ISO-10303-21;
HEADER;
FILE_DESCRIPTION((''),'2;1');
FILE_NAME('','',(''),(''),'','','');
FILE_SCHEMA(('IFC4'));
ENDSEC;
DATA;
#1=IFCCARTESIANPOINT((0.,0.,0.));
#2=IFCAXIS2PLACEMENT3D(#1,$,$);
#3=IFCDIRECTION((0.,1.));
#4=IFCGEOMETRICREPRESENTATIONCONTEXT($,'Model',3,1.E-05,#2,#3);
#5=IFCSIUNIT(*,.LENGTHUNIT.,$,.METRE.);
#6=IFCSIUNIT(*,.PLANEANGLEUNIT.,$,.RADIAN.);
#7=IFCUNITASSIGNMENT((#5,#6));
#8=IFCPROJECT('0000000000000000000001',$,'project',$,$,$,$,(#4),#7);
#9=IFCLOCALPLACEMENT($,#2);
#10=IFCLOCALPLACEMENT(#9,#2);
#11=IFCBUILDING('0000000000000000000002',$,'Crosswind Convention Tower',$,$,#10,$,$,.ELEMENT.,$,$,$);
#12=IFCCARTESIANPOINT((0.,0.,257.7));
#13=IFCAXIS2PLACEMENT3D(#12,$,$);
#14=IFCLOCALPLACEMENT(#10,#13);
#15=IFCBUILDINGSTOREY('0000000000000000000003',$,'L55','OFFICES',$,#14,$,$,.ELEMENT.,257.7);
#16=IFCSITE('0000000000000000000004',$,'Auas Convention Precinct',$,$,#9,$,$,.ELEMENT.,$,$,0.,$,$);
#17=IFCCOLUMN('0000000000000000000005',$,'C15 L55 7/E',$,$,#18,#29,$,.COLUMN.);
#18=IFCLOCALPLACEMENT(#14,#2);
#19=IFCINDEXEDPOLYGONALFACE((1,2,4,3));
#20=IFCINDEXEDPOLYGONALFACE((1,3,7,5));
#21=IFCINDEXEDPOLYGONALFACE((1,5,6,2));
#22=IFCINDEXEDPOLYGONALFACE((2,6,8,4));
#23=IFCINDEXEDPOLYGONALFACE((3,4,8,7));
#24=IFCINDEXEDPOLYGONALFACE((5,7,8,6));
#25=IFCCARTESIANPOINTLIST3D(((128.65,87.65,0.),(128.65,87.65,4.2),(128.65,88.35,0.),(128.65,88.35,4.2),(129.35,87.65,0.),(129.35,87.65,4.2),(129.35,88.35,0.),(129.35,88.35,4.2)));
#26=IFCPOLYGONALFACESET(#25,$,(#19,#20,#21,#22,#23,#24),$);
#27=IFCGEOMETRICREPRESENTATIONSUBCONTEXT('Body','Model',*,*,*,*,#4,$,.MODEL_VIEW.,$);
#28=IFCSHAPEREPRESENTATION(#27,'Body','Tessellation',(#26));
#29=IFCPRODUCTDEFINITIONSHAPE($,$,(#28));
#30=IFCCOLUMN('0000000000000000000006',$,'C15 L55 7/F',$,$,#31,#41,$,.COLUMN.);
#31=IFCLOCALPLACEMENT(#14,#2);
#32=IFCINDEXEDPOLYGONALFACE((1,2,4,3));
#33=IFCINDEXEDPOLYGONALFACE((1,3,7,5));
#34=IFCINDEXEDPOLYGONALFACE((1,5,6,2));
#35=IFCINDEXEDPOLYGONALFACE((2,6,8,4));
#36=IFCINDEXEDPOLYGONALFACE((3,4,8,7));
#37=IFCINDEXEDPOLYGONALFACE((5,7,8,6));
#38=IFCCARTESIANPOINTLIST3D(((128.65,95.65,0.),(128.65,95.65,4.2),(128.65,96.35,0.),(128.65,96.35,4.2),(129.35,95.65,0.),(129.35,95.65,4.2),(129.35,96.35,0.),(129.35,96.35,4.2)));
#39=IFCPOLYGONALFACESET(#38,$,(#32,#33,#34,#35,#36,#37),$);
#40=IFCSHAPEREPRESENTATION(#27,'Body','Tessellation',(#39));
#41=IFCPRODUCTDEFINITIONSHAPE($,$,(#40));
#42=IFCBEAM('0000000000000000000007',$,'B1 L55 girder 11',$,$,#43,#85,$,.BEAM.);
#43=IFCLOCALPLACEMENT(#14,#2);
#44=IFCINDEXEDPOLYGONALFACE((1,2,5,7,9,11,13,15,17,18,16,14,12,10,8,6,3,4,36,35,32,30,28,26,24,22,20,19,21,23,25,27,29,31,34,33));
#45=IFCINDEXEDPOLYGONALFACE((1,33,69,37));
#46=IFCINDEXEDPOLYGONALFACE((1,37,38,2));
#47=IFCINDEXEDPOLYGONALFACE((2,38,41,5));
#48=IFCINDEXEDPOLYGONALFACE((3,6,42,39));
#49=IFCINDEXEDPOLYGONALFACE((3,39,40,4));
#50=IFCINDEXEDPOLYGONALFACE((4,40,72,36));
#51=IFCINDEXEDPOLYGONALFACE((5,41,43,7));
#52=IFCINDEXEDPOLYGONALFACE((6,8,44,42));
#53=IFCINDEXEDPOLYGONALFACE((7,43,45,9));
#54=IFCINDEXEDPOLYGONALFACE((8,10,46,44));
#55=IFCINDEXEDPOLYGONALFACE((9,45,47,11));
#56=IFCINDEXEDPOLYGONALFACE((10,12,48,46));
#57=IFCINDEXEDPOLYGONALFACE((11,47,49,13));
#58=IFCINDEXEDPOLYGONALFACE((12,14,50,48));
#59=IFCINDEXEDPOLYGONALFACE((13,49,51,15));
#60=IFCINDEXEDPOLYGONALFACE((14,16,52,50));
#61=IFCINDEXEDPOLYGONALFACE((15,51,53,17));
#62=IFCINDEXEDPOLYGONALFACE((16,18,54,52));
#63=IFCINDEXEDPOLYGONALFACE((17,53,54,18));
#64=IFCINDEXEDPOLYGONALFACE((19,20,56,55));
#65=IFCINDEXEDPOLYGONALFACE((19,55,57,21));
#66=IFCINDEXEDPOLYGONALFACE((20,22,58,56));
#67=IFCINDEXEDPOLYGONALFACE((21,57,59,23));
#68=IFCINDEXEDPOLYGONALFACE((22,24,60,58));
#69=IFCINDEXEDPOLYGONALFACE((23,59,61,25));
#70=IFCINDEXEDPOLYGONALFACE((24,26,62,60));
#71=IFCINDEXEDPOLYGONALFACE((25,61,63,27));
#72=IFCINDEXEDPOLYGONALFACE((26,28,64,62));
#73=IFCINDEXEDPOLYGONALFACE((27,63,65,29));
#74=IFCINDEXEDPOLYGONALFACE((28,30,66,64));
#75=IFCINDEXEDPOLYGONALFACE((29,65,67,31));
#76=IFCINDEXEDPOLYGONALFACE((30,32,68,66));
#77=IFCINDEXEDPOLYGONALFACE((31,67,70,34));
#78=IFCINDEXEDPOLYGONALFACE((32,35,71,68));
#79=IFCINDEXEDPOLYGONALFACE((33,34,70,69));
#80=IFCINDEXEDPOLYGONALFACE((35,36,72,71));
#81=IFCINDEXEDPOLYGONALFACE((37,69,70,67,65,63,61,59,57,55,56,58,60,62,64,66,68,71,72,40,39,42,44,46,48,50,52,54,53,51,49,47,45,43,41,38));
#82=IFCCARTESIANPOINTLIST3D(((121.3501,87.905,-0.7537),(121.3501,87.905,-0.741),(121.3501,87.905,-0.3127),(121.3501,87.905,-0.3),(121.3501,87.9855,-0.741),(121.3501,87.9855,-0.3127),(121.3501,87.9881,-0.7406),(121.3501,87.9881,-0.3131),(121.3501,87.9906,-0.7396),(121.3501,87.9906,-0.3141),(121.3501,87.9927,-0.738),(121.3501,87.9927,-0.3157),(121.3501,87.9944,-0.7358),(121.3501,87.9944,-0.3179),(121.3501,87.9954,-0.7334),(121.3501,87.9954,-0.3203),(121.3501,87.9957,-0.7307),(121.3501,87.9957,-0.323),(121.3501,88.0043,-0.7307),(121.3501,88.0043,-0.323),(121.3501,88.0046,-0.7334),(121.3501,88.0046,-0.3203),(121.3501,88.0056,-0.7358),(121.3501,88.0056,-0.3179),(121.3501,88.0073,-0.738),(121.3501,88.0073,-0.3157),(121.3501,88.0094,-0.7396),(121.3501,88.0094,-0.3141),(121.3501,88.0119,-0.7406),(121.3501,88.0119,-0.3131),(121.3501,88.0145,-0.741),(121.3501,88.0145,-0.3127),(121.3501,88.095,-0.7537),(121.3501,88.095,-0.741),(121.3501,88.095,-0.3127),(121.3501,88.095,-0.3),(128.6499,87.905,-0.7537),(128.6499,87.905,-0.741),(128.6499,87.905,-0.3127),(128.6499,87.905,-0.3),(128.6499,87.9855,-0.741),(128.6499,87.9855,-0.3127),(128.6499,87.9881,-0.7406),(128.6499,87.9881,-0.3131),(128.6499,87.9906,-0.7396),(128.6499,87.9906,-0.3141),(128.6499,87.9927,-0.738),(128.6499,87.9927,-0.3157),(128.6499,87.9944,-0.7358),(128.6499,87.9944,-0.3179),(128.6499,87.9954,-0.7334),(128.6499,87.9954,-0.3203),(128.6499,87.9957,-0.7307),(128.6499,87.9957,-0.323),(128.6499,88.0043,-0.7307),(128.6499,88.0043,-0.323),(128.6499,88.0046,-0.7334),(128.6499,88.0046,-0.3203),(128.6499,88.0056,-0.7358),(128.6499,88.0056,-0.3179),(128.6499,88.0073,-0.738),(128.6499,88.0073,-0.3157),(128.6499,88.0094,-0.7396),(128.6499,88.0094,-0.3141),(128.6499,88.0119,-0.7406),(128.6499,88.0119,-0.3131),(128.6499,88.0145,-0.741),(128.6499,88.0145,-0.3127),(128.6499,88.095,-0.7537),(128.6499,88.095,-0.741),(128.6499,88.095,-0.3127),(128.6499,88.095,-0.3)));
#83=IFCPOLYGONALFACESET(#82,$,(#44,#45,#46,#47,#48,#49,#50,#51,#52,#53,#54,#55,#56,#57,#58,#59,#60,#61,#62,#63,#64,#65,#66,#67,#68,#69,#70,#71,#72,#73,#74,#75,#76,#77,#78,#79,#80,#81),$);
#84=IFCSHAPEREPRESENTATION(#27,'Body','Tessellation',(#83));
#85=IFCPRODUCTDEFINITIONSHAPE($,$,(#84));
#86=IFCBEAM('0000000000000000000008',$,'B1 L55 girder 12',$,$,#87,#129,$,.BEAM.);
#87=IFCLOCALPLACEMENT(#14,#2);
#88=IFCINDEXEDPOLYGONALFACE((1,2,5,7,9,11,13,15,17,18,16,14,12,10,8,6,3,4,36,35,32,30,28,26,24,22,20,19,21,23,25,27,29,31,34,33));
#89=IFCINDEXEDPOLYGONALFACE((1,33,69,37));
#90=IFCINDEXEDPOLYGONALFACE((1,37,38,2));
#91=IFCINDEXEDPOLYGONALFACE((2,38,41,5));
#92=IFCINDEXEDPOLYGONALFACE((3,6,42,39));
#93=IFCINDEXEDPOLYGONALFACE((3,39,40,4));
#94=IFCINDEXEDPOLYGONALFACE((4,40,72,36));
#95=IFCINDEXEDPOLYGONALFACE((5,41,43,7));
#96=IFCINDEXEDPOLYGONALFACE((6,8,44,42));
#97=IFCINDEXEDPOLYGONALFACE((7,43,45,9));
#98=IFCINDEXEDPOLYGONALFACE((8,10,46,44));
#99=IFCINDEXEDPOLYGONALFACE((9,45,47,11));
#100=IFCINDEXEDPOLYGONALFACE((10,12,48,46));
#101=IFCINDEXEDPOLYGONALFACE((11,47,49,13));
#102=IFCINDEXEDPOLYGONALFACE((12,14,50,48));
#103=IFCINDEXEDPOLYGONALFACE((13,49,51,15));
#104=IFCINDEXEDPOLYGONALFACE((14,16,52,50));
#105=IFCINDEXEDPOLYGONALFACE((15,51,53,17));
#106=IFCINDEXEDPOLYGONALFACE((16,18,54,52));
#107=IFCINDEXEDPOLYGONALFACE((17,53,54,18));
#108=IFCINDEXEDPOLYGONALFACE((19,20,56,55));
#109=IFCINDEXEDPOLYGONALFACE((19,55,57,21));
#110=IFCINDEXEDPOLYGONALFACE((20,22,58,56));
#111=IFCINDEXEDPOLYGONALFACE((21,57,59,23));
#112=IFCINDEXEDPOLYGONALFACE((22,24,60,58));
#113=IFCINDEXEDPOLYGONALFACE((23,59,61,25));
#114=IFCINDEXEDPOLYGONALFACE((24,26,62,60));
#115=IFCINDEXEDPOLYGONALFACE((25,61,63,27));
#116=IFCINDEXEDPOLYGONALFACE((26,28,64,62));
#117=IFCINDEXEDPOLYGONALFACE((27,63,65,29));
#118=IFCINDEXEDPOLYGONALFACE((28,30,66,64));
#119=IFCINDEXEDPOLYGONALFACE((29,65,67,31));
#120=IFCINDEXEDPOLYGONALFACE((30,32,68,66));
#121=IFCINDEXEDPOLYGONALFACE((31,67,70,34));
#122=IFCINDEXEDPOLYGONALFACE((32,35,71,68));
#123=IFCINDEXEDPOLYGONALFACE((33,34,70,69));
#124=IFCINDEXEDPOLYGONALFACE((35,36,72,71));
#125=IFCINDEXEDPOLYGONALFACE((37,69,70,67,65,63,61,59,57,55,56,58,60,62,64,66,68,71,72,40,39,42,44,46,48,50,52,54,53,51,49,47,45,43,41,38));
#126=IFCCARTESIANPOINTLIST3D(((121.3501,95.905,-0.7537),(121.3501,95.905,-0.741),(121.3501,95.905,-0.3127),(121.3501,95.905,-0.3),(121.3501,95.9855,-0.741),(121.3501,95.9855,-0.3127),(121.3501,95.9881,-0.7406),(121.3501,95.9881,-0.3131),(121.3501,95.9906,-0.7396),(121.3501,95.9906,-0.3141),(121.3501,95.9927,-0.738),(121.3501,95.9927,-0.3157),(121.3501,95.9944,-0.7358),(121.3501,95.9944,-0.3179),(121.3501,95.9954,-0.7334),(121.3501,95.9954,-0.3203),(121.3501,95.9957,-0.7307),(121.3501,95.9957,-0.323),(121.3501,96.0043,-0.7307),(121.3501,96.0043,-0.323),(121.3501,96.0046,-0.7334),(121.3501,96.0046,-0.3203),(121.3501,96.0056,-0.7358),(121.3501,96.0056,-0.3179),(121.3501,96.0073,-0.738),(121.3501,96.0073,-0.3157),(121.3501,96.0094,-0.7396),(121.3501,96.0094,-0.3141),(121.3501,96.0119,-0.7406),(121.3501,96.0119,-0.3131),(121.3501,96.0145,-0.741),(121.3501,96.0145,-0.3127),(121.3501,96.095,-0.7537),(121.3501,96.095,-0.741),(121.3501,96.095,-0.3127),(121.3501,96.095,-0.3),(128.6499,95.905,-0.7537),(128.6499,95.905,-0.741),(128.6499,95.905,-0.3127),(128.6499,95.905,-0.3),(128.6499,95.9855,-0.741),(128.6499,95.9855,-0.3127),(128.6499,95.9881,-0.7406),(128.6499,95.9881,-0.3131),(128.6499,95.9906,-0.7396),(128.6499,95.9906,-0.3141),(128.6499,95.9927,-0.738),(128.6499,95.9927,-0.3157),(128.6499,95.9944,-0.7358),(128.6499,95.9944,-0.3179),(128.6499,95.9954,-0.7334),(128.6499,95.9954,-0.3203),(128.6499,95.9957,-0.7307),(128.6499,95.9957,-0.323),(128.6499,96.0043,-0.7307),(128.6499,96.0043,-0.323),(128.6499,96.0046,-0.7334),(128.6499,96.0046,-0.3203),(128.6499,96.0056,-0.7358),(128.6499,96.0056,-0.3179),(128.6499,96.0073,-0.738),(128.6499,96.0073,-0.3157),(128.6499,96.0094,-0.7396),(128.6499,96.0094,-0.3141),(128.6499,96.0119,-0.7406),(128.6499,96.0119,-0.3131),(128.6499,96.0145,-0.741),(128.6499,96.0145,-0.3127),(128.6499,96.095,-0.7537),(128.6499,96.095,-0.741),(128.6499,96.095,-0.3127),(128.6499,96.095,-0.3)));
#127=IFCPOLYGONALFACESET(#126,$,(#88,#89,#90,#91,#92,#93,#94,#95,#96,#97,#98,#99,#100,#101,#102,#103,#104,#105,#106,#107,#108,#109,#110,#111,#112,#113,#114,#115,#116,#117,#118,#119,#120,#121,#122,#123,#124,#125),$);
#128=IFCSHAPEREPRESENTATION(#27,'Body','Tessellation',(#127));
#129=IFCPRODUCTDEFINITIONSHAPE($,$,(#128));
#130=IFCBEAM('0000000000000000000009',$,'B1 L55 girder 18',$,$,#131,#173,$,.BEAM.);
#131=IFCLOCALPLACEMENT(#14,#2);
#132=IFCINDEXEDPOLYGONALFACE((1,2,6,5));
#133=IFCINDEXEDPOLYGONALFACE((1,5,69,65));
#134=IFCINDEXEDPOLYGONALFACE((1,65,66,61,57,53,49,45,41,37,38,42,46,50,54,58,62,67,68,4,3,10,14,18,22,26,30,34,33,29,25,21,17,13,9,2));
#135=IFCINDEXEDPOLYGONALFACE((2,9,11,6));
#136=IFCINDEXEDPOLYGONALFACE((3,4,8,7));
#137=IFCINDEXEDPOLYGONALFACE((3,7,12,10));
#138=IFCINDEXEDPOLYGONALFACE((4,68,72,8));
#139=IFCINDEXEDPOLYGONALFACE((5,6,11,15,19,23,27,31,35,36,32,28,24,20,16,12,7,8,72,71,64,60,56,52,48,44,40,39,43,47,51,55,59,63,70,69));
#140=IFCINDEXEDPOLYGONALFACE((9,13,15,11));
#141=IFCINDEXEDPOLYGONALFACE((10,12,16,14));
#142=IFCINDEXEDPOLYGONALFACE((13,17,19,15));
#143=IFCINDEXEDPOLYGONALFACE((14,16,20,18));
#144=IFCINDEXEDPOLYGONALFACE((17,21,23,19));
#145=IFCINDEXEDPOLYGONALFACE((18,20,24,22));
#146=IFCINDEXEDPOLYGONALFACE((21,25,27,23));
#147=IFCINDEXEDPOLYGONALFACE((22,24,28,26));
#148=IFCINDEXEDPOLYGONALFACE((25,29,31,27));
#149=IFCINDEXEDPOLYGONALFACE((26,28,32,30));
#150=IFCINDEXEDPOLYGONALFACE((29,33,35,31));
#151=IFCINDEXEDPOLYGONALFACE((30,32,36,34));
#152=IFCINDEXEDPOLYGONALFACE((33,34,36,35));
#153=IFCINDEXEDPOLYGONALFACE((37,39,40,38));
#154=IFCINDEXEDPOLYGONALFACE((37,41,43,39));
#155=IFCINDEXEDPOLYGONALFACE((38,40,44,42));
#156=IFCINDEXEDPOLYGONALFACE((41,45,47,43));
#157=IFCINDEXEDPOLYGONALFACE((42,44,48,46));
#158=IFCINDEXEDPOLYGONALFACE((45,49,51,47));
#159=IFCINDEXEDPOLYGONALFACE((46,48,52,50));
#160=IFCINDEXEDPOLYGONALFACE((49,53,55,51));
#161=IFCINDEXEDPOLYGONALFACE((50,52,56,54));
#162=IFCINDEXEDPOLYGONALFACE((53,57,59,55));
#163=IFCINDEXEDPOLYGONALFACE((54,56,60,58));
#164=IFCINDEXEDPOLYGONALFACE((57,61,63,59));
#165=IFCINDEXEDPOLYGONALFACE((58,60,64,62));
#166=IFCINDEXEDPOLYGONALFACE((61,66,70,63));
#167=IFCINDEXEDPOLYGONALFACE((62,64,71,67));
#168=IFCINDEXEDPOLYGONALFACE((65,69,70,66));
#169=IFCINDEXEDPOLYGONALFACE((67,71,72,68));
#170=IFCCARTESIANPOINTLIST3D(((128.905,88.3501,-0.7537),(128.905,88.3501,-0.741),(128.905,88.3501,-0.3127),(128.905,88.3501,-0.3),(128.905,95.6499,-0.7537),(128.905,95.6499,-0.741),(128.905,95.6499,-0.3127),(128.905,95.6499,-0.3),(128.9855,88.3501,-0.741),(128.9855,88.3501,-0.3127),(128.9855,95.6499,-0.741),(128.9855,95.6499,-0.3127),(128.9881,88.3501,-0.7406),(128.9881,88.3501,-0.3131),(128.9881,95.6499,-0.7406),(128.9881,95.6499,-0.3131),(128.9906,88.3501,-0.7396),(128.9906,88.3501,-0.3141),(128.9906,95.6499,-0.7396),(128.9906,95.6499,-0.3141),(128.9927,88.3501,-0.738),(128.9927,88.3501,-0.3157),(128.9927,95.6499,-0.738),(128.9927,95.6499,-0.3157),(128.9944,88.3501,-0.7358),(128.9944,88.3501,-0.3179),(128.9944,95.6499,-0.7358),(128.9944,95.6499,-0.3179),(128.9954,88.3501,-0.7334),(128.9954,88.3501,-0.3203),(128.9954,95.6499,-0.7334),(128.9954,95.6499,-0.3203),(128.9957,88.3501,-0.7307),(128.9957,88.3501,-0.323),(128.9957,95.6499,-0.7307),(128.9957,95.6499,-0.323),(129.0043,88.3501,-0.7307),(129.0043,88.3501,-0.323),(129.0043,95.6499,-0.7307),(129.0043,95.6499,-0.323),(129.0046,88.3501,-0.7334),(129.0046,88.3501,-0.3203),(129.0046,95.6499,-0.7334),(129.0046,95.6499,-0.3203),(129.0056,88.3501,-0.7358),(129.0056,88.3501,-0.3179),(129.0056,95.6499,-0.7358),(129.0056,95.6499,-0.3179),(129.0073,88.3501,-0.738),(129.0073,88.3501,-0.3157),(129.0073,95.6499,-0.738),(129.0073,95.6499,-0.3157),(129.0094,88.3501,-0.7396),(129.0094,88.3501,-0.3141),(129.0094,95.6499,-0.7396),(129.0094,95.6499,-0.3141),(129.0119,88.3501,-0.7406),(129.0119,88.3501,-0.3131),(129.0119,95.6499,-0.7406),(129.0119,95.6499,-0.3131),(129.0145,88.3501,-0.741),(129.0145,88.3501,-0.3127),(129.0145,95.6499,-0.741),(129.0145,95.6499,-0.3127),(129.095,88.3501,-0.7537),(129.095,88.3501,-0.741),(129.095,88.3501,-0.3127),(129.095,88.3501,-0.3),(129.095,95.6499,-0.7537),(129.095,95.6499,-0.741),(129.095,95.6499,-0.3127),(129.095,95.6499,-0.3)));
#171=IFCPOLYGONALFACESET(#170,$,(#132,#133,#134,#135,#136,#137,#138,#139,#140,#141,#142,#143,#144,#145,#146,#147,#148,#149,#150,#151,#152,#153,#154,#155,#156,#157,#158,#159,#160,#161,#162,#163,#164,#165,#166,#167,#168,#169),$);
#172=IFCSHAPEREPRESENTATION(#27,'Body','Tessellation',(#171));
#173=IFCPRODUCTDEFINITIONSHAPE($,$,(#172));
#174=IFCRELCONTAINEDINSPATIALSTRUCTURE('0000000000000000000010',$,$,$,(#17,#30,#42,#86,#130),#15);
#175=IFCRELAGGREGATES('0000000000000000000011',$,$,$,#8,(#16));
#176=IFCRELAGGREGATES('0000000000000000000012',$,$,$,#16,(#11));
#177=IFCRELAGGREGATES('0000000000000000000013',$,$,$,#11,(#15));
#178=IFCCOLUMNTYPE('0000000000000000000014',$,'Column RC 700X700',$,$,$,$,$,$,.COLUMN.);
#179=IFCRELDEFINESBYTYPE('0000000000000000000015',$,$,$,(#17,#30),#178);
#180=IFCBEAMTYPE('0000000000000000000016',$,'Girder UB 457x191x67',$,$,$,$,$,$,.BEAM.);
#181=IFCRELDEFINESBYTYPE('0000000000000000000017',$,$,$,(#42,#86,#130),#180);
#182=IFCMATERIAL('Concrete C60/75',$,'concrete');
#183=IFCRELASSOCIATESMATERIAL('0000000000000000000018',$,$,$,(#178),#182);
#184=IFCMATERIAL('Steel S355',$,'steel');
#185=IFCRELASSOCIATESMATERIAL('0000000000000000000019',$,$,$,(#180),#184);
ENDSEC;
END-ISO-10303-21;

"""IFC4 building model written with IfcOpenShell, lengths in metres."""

from ifc_helpers import new_model, si_unit, direction, frame, origin, origin_2d, place, context, subcontext, project, spatial, rectangle, i_section, extrude, material, material_profile, profile_set, type_object, element, save


model = new_model("IFC4")

# Units and contexts
model_context = context("Model", 3, precision=1e-05, world=origin(), true_north=direction((0.0, 1.0)))
body_context = subcontext(model_context, "Body", "Model", "MODEL_VIEW")
ifc_project = project(units=[si_unit("LENGTHUNIT", "METRE"), si_unit("PLANEANGLEUNIT", "RADIAN")], contexts=[model_context])

# Site, building, storey
site_placement = place(None, origin())
site = spatial("IfcSite", under=ifc_project, at=site_placement, Name="Auas Convention Precinct", CompositionType="ELEMENT", RefElevation=0.0)
building_placement = place(site_placement, origin())
building = spatial("IfcBuilding", under=site, at=building_placement, Name="Crosswind Convention Tower", CompositionType="ELEMENT")
storey_placement = place(building_placement, frame((0.0, 0.0, 257.7)))
storey = spatial("IfcBuildingStorey", under=building, at=storey_placement, Name="L55", Description="OFFICES", CompositionType="ELEMENT", Elevation=257.7)

# Columns
ifc_material_1 = material(Name="Concrete C60/75", Category="concrete")
ifc_material_profile_1 = material_profile(ifc_material_1, rectangle(XDim=0.7, YDim=0.7, at=origin_2d()), Name="RC 700X700")
ifc_profile_set_1 = profile_set([ifc_material_profile_1], Name="Concrete C60/75")
column_type = type_object("IfcColumnType", Name="Column RC 700X700", PredefinedType="COLUMN", material=ifc_profile_set_1)
for number, where, z_axis, x_axis, name in (
    (1, (129.0, 88.0, 0.0), (0.0, 0.0, 1.0), (1.0, 0.0, 0.0), "C15 L55 7/E"),
    (2, (129.0, 96.0, 0.0), (0.0, 0.0, 1.0), (1.0, 0.0, 0.0), "C15 L55 7/F"),
):
    element("IfcColumn", number, at=place(storey_placement, frame(where, z_axis=z_axis, x_axis=x_axis)), inside=storey, type_object=column_type, Name=name, PredefinedType="COLUMN", context=body_context, shape_type="SweptSolid", body=[
        extrude(rectangle(XDim=0.7, YDim=0.7, at=origin_2d()), origin(), (0.0, 0.0, 1.0), 4.2),
    ])

# Beams
ifc_material_2 = material(Name="Steel S355", Category="steel")
ifc_material_profile_2 = material_profile(ifc_material_2, i_section(OverallWidth=0.1899, OverallDepth=0.4536, WebThickness=0.0085, FlangeThickness=0.0127, FilletRadius=0.0103, at=origin_2d()), Name="UB 457x191x67")
ifc_profile_set_2 = profile_set([ifc_material_profile_2], Name="Steel S355")
beam_type_1 = type_object("IfcBeamType", Name="Girder UB 457x191x67", PredefinedType="BEAM", material=ifc_profile_set_2)
for number, where, z_axis, x_axis, name in (
    (3, (121.3501, 88.0, -0.5269), (1.0, 0.0, 0.0), (0.0, 1.0, 0.0), "B1 L55 girder 11"),
    (4, (121.3501, 96.0, -0.5269), (1.0, 0.0, 0.0), (0.0, 1.0, 0.0), "B1 L55 girder 12"),
    (5, (129.0, 88.3501, -0.5269), (0.0, 1.0, 0.0), (-1.0, 0.0, 0.0), "B1 L55 girder 18"),
):
    element("IfcBeam", number, at=place(storey_placement, frame(where, z_axis=z_axis, x_axis=x_axis)), inside=storey, type_object=beam_type_1, Name=name, PredefinedType="BEAM", context=body_context, shape_type="SweptSolid", body=[
        extrude(i_section(OverallWidth=0.1899, OverallDepth=0.4536, WebThickness=0.0085, FlangeThickness=0.0127, FilletRadius=0.0103, at=origin_2d()), origin(), (0.0, 0.0, 1.0), 7.2998),
    ])

save(model, "model.ifc")
